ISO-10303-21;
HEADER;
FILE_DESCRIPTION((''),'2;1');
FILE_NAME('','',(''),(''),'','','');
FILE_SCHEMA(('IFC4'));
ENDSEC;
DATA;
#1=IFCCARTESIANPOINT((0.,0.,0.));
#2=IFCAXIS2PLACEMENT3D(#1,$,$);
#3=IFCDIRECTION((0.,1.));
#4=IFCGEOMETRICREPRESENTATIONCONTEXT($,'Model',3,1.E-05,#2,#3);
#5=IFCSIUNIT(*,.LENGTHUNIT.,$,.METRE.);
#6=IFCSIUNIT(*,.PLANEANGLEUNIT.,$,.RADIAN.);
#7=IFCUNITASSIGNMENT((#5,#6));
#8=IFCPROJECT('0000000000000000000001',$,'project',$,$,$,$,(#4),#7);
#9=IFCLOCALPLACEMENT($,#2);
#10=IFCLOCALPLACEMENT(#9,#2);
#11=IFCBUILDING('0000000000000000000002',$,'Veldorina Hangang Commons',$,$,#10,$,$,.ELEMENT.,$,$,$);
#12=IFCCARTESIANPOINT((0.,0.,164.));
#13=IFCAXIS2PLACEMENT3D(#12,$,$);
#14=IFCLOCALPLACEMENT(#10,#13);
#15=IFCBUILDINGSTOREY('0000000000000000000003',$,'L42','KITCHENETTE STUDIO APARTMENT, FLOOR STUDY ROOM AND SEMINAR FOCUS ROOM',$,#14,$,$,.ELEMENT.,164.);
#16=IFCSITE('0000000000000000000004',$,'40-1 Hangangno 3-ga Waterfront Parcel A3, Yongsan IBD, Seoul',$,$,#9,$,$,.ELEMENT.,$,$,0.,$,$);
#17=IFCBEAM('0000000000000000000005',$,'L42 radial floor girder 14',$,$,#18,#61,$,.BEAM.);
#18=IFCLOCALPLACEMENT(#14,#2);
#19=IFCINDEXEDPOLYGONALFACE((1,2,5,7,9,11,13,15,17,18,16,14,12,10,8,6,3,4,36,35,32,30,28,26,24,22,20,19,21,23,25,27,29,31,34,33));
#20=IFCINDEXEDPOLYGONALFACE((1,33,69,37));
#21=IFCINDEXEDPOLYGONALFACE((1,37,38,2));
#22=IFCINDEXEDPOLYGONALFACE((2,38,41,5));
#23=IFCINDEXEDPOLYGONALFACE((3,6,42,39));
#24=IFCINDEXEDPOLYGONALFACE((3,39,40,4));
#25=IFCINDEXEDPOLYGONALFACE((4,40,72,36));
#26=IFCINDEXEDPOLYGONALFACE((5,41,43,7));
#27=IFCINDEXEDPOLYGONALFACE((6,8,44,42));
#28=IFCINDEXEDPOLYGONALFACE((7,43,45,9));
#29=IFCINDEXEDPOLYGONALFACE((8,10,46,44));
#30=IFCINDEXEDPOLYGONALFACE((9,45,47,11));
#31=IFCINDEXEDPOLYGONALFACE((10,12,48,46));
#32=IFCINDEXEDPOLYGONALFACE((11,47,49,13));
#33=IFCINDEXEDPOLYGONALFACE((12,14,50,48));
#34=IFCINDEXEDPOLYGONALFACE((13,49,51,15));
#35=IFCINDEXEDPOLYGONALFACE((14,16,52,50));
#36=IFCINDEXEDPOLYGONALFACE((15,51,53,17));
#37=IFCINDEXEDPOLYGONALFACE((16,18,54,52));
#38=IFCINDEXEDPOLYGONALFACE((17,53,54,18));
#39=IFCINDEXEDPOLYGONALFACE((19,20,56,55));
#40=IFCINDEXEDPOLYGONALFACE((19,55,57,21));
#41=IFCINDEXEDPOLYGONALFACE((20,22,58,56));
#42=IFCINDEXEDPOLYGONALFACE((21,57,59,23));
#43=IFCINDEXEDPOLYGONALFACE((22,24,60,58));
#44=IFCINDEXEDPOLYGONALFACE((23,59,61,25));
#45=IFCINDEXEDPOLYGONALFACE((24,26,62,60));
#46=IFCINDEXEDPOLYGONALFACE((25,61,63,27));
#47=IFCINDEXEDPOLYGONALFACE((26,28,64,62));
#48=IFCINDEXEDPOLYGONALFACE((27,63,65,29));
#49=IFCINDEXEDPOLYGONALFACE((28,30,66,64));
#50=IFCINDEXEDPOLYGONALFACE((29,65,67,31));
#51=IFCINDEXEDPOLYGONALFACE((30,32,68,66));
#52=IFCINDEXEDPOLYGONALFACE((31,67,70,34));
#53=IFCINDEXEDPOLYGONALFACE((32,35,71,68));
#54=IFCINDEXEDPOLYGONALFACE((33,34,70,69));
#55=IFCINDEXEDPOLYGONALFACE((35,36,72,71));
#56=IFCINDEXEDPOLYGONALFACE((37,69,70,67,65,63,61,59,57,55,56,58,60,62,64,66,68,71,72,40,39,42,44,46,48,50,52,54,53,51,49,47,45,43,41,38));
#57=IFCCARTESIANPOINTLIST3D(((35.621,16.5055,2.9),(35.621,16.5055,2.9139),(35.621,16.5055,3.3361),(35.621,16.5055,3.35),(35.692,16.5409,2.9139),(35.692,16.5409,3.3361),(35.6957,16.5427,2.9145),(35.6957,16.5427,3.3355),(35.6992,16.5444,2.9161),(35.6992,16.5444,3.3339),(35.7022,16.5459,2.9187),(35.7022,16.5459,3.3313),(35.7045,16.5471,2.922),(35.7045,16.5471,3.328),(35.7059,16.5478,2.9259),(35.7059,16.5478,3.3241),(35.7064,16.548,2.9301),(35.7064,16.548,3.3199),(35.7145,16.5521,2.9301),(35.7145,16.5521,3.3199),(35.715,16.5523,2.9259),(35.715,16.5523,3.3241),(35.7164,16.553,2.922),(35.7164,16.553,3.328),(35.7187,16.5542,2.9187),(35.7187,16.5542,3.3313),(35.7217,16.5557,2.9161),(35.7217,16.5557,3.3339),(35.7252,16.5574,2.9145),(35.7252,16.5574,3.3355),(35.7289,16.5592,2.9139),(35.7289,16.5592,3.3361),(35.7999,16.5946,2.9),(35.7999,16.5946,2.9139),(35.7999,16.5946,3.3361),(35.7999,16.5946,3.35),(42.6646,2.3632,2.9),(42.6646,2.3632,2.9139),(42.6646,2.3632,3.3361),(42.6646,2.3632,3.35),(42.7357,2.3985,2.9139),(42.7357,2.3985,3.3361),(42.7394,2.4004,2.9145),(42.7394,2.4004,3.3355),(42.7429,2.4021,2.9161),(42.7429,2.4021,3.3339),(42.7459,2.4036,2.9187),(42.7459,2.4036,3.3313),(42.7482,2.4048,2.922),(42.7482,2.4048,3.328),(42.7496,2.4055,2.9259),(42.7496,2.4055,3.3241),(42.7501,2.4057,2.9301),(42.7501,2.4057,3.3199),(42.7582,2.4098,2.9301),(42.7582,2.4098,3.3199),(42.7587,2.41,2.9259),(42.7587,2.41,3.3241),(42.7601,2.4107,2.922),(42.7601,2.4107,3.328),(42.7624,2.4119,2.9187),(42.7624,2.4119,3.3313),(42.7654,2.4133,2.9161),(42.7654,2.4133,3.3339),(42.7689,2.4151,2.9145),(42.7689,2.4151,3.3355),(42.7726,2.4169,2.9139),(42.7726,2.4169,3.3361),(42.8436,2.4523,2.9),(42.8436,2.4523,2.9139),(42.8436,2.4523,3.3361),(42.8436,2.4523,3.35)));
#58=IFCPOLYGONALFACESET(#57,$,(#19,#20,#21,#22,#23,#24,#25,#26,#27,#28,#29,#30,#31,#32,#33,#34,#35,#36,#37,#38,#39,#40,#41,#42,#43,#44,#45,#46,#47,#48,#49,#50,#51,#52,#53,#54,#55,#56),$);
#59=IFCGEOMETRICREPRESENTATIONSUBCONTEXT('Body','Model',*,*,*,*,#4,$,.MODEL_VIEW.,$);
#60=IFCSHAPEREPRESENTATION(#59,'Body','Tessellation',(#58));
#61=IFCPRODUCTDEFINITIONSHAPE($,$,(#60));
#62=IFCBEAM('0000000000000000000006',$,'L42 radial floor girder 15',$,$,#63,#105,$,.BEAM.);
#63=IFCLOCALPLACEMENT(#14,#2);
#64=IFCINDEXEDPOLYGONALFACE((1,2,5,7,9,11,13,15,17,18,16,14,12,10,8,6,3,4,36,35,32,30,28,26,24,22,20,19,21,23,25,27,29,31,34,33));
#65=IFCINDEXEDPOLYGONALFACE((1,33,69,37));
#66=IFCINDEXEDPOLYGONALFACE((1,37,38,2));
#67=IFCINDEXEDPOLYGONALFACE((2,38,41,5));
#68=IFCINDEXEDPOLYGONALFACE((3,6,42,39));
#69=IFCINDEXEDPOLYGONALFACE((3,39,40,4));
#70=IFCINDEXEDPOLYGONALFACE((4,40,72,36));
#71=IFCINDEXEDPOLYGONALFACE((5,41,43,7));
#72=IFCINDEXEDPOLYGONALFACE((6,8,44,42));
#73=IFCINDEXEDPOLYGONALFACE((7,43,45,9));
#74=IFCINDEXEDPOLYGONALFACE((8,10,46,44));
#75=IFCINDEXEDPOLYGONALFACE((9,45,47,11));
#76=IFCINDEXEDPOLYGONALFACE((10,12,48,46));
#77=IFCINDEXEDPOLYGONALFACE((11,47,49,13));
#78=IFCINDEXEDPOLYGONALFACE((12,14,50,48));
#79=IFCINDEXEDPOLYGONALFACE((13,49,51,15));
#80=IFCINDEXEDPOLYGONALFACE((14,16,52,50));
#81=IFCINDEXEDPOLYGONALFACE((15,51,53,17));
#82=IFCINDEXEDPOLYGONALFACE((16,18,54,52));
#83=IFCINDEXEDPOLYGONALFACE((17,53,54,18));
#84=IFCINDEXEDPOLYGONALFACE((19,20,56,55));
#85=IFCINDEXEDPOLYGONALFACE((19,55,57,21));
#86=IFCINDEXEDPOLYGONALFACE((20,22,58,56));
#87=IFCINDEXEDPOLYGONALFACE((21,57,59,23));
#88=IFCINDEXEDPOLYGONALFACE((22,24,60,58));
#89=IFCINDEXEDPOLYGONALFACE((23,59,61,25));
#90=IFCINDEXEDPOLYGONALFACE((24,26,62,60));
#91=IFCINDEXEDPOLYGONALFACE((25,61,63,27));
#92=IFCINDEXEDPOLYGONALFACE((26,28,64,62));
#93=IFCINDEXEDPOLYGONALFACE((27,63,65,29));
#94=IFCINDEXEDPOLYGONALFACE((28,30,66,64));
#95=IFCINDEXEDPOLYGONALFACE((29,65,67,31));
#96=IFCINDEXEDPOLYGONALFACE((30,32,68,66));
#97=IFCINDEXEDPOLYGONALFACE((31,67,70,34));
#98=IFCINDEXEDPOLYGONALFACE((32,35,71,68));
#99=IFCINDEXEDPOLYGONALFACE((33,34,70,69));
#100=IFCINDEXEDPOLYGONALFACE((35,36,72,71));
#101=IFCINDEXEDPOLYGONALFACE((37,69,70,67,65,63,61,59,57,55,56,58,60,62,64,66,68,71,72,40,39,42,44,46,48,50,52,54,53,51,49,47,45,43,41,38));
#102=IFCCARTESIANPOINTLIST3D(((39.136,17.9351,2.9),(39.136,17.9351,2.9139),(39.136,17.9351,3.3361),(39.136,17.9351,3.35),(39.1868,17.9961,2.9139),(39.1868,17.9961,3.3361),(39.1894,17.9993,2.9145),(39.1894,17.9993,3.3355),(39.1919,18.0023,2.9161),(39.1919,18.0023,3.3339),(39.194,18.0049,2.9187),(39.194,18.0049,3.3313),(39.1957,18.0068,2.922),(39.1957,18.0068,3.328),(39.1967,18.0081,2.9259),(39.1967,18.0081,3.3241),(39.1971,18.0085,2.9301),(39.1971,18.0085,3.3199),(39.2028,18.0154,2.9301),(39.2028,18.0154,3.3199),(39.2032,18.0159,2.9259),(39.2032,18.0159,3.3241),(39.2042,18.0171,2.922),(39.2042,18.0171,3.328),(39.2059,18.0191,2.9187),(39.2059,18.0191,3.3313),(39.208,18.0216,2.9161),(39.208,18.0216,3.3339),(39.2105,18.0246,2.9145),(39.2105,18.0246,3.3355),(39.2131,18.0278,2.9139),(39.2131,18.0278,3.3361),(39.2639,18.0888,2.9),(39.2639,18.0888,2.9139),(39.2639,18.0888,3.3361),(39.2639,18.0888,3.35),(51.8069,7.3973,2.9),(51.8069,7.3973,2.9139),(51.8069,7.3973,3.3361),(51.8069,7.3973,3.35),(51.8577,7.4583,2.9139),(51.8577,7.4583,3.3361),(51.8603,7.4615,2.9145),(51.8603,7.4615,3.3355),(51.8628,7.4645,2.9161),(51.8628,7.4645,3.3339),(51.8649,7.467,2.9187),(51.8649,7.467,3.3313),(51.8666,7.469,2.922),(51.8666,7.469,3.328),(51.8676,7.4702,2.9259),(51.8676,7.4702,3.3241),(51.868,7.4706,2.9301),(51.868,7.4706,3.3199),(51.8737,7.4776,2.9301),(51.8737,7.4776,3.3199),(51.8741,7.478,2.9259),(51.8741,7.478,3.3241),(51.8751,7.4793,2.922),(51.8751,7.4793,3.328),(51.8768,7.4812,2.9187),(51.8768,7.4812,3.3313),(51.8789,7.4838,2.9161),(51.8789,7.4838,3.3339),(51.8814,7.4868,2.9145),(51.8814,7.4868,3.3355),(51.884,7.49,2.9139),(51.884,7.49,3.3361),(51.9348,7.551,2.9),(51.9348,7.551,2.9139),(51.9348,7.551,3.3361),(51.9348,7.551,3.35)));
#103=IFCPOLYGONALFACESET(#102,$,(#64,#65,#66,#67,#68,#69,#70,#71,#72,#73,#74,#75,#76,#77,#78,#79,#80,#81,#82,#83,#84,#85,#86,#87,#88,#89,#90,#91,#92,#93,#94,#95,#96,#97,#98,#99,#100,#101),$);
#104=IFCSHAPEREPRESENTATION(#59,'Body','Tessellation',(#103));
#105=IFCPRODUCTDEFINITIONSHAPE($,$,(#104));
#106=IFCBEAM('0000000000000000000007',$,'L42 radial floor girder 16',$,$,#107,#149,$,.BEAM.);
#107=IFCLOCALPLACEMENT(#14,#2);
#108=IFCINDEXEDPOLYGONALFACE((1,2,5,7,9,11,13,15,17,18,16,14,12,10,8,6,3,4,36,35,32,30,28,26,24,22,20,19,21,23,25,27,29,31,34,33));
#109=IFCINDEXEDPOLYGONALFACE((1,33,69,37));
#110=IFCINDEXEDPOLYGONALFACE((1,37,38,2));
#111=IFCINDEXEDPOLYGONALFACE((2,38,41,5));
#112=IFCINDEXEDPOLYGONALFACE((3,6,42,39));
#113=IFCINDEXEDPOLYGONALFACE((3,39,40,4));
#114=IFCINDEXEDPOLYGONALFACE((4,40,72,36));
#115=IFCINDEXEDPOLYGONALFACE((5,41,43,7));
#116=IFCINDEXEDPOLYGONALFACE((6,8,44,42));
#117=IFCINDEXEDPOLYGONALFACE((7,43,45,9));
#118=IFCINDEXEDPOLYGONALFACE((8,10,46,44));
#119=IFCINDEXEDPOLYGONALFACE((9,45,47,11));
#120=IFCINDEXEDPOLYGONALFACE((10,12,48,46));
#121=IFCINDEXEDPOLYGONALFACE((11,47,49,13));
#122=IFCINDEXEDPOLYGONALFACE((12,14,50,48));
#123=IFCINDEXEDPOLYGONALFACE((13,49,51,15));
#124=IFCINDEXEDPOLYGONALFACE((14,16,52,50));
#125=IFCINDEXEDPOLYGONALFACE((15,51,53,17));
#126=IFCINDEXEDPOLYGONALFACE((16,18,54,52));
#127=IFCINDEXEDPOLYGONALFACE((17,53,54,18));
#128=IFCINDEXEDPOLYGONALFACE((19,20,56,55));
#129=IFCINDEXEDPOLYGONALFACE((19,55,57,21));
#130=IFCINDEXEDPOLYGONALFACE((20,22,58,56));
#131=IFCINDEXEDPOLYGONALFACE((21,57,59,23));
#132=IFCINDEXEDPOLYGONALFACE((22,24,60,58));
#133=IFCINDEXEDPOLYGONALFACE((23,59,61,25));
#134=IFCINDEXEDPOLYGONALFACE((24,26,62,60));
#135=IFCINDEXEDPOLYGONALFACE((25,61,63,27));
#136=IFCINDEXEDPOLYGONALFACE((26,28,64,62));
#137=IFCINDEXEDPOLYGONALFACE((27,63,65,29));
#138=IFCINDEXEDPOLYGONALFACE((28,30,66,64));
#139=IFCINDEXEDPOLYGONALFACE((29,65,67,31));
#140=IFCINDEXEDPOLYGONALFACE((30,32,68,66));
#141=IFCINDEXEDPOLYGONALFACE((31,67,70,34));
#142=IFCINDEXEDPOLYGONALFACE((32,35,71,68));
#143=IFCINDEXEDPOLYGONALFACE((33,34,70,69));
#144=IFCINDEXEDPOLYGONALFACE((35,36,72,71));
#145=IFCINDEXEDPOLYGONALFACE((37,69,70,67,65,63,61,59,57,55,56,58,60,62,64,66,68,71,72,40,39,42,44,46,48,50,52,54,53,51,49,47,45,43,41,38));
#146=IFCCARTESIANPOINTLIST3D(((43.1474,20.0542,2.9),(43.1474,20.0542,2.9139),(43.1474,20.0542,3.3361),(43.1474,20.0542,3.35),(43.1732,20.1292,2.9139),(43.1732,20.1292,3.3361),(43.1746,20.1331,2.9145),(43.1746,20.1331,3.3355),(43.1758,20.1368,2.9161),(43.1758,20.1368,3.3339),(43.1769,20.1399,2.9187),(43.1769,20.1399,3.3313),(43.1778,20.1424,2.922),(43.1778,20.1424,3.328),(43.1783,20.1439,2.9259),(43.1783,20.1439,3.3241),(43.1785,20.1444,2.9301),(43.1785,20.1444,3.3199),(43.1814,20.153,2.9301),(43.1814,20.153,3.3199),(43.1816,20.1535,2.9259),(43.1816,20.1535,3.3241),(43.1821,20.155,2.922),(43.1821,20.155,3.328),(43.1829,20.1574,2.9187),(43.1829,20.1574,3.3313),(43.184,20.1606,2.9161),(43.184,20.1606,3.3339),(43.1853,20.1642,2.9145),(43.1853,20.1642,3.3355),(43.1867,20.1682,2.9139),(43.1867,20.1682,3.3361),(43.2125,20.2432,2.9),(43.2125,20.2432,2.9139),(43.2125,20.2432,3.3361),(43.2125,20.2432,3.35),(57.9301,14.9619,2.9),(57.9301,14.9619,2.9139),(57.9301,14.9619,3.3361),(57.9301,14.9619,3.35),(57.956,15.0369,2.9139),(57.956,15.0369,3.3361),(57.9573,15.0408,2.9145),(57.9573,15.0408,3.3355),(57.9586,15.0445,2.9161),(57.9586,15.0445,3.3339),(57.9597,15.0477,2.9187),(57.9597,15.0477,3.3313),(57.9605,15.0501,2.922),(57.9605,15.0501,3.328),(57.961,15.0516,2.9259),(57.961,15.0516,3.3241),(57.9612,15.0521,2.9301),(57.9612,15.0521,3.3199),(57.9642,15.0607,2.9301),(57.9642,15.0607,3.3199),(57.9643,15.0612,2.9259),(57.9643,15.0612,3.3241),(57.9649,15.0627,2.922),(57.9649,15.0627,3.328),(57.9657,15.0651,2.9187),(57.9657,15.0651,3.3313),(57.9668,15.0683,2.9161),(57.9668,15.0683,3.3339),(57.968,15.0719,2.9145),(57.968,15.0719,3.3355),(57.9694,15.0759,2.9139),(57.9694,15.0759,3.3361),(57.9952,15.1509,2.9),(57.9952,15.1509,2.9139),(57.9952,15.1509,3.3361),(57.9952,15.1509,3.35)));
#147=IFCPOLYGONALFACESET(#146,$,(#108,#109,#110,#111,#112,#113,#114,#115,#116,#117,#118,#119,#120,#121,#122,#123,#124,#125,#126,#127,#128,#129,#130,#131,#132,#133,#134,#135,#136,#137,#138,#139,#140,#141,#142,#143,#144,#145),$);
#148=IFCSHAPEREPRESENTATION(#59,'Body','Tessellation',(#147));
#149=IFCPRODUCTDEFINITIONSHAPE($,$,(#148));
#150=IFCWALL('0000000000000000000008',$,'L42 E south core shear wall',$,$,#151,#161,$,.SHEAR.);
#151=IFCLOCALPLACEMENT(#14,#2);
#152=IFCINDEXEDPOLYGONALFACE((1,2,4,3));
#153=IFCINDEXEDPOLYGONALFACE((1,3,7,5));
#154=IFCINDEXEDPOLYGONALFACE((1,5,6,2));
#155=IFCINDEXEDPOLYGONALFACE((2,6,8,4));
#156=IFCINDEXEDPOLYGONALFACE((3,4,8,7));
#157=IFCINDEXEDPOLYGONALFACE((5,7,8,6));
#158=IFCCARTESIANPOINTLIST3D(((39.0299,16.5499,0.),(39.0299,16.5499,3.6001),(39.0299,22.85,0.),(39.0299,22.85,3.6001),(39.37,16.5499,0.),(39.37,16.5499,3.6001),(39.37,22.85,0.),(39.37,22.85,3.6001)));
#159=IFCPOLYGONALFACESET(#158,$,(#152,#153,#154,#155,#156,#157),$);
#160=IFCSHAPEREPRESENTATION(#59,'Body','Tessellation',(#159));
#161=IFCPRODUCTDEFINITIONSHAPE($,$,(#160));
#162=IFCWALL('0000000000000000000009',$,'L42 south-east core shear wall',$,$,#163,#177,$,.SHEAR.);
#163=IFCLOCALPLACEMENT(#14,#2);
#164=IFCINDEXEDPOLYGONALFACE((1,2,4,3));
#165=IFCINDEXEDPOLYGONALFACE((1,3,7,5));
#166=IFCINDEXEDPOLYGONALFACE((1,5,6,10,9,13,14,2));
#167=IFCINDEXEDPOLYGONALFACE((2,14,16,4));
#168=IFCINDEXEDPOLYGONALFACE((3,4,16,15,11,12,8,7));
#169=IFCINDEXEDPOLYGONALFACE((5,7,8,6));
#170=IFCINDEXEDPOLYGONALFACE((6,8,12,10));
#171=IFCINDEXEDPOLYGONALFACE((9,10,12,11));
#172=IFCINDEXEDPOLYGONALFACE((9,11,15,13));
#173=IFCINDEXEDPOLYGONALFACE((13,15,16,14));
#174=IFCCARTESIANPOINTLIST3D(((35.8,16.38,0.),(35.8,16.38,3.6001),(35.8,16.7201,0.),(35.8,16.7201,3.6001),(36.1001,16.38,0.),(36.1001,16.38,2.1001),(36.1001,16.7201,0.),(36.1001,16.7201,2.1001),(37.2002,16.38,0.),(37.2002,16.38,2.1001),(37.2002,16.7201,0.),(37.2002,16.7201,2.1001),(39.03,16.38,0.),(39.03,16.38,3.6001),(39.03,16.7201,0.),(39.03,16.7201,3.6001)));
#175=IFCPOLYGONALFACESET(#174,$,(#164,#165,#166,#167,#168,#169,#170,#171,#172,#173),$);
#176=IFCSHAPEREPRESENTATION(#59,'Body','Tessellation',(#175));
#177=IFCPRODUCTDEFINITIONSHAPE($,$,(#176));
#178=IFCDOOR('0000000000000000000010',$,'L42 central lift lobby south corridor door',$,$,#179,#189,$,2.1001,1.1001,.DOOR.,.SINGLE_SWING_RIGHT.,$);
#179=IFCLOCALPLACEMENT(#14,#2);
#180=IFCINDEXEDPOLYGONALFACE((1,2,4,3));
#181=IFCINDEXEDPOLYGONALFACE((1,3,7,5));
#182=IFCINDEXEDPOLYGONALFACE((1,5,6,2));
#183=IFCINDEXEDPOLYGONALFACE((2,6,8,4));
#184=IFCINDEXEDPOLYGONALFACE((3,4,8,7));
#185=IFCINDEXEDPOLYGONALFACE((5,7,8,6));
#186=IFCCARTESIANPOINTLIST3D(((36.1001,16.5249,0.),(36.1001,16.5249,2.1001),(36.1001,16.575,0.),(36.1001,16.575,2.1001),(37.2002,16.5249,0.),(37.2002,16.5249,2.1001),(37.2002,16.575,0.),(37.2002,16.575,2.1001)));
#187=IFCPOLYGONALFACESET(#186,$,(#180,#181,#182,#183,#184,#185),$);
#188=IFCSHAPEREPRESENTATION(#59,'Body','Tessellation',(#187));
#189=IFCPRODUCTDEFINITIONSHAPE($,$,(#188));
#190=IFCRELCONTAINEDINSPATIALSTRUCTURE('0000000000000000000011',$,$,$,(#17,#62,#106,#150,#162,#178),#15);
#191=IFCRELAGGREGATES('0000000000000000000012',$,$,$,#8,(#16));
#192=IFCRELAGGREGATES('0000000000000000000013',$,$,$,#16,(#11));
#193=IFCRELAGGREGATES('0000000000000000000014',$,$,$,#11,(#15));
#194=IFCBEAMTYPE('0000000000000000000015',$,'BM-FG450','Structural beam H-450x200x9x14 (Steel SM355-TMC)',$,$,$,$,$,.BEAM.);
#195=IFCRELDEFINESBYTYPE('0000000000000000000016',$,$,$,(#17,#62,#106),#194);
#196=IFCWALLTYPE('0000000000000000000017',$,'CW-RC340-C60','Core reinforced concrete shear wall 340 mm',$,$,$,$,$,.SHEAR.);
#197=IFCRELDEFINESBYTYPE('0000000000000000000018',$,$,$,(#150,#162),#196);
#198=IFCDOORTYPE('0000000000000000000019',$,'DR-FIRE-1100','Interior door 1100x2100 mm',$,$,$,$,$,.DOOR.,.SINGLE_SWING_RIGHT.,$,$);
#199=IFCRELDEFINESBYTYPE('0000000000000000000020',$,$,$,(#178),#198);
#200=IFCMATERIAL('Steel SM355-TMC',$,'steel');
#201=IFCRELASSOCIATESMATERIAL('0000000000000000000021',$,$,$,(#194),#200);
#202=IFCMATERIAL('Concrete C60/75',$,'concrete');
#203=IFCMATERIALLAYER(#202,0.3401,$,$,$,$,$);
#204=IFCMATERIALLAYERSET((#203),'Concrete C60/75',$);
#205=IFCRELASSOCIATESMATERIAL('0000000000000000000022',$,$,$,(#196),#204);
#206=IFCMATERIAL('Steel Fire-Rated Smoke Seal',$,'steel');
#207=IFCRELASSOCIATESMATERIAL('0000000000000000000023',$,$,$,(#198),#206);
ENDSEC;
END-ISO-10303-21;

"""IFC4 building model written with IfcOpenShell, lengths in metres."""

from ifc_helpers import new_model, si_unit, direction, frame, frame_2d, origin, origin_2d, place, context, subcontext, project, spatial, rectangle, i_section, extrude, material, layer, layer_set, material_profile, profile_set, type_object, element, fill, save


model = new_model("IFC4")

# Units and contexts
model_context = context("Model", 3, precision=1e-05, world=origin(), true_north=direction((0.0, 1.0)))
body_context = subcontext(model_context, "Body", "Model", "MODEL_VIEW")
ifc_project = project(units=[si_unit("LENGTHUNIT", "METRE"), si_unit("PLANEANGLEUNIT", "RADIAN")], contexts=[model_context])

# Site, building, storey
site_placement = place(None, origin())
site = spatial("IfcSite", under=ifc_project, at=site_placement, Name="40-1 Hangangno 3-ga Waterfront Parcel A3, Yongsan IBD, Seoul", CompositionType="ELEMENT", RefElevation=0.0)
building_placement = place(site_placement, origin())
building = spatial("IfcBuilding", under=site, at=building_placement, Name="Veldorina Hangang Commons", CompositionType="ELEMENT")
storey_placement = place(building_placement, frame((0.0, 0.0, 164.0)))
storey = spatial("IfcBuildingStorey", under=building, at=storey_placement, Name="L42", Description="KITCHENETTE STUDIO APARTMENT, FLOOR STUDY ROOM AND SEMINAR FOCUS ROOM", CompositionType="ELEMENT", Elevation=164.0)

# Beams
ifc_material_1 = material(Name="Steel SM355-TMC", Category="steel")
ifc_material_profile = material_profile(ifc_material_1, i_section(OverallWidth=0.2, OverallDepth=0.45, WebThickness=0.009, FlangeThickness=0.0139, FilletRadius=0.0161, at=origin_2d()), Name="H-450x200x9x14")
ifc_profile_set = profile_set([ifc_material_profile], Name="Steel SM355-TMC")
beam_type = type_object("IfcBeamType", Name="BM-FG450", Description="Structural beam H-450x200x9x14 (Steel SM355-TMC)", PredefinedType="BEAM", material=ifc_profile_set)
beam_1_placement = place(storey_placement, frame((35.7104, 16.55, 3.125), z_axis=(0.445822, -0.895121, 0.0), x_axis=(0.895121, 0.445822, 0.0)))
element("IfcBeam", 1, at=beam_1_placement, inside=storey, type_object=beam_type, Name="L42 radial floor girder 14", PredefinedType="BEAM", context=body_context, shape_type="SweptSolid", body=[
    extrude(i_section(OverallWidth=0.2, OverallDepth=0.45, WebThickness=0.009, FlangeThickness=0.0139, FilletRadius=0.0161, at=origin_2d()), origin(), (0.0, 0.0, 1.0), 15.7993),
])
beam_2_placement = place(storey_placement, frame((39.2, 18.012, 3.125), z_axis=(0.768855, -0.639423, 0.0), x_axis=(0.639423, 0.768855, 0.0)))
element("IfcBeam", 2, at=beam_2_placement, inside=storey, type_object=beam_type, Name="L42 radial floor girder 15", PredefinedType="BEAM", context=body_context, shape_type="SweptSolid", body=[
    extrude(i_section(OverallWidth=0.2, OverallDepth=0.45, WebThickness=0.009, FlangeThickness=0.0139, FilletRadius=0.0161, at=origin_2d()), origin(), (0.0, 0.0, 1.0), 16.4802),
])
beam_3_placement = place(storey_placement, frame((43.1799, 20.1487, 3.125), z_axis=(0.945475, -0.325693, 0.0), x_axis=(0.325693, 0.945475, 0.0)))
element("IfcBeam", 3, at=beam_3_placement, inside=storey, type_object=beam_type, Name="L42 radial floor girder 16", PredefinedType="BEAM", context=body_context, shape_type="SweptSolid", body=[
    extrude(i_section(OverallWidth=0.2, OverallDepth=0.45, WebThickness=0.009, FlangeThickness=0.0139, FilletRadius=0.0161, at=origin_2d()), origin(), (0.0, 0.0, 1.0), 15.6353),
])

# Wall
ifc_material_2 = material(Name="Concrete C60/75", Category="concrete")
ifc_layer_1 = layer(ifc_material_2, 0.3401)
ifc_layer_set_1 = layer_set([ifc_layer_1], Name="Concrete C60/75")
wall_type_1 = type_object("IfcWallType", Name="CW-RC340-C60", Description="Core reinforced concrete shear wall 340 mm", PredefinedType="SHEAR", material=ifc_layer_set_1)
wall_1_placement = place(storey_placement, frame((39.2, 16.55, 0.0), z_axis=(0.0, 0.0, 1.0), x_axis=(0.0, 1.0, 0.0)))
element("IfcWall", 4, at=wall_1_placement, inside=storey, type_object=wall_type_1, Name="L42 E south core shear wall", PredefinedType="SHEAR", context=body_context, shape_type="SweptSolid", body=[
    extrude(rectangle(XDim=6.3, YDim=0.3401, at=frame_2d((3.1499, 0.0))), origin(), (0.0, 0.0, 1.0), 3.6001),
])

# Wall, opening, door
wall_2_placement = place(storey_placement, frame((35.8, 16.55, 0.0), z_axis=(0.0, 0.0, 1.0), x_axis=(1.0, 0.0, 0.0)))
wall_2 = element("IfcWall", 5, at=wall_2_placement, inside=storey, type_object=wall_type_1, Name="L42 south-east core shear wall", PredefinedType="SHEAR", context=body_context, shape_type="SweptSolid", body=[
    extrude(rectangle(XDim=3.23, YDim=0.3401, at=frame_2d((1.615, 0.0))), origin(), (0.0, 0.0, 1.0), 3.6001),
])
opening_1_placement = place(wall_2_placement, frame((0.3, 0.0, 0.0)))
opening_1 = element("IfcOpeningElement", 6, at=opening_1_placement, cuts=wall_2, PredefinedType="OPENING", context=body_context, shape_type="SweptSolid", body=[
    extrude(rectangle(XDim=1.1001, YDim=2.1001, at=frame_2d((0.55, 1.05))), frame((0.0, 0.1802, 0.0), z_axis=(0.0, -1.0, 0.0), x_axis=(1.0, 0.0, 0.0)), (0.0, 0.0, 1.0), 0.3601),
])
ifc_material_3 = material(Name="Steel Fire-Rated Smoke Seal", Category="steel")
door_type_1 = type_object("IfcDoorType", Name="DR-FIRE-1100", Description="Interior door 1100x2100 mm", OperationType="SINGLE_SWING_RIGHT", PredefinedType="DOOR", material=ifc_material_3)
door_1_placement = place(opening_1_placement, origin())
door_1 = element("IfcDoor", 7, at=door_1_placement, inside=storey, type_object=door_type_1, Name="L42 central lift lobby south corridor door", OperationType="SINGLE_SWING_RIGHT", OverallHeight=2.1001, OverallWidth=1.1001, PredefinedType="DOOR", context=body_context, shape_type="SweptSolid", body=[
    extrude(rectangle(XDim=1.1001, YDim=2.1001, at=frame_2d((0.55, 1.05))), frame((0.0, 0.0249, 0.0), z_axis=(0.0, -1.0, 0.0), x_axis=(1.0, 0.0, 0.0)), (0.0, 0.0, 1.0), 0.05),
])
fill(opening_1, door_1)

save(model, "model.ifc")
